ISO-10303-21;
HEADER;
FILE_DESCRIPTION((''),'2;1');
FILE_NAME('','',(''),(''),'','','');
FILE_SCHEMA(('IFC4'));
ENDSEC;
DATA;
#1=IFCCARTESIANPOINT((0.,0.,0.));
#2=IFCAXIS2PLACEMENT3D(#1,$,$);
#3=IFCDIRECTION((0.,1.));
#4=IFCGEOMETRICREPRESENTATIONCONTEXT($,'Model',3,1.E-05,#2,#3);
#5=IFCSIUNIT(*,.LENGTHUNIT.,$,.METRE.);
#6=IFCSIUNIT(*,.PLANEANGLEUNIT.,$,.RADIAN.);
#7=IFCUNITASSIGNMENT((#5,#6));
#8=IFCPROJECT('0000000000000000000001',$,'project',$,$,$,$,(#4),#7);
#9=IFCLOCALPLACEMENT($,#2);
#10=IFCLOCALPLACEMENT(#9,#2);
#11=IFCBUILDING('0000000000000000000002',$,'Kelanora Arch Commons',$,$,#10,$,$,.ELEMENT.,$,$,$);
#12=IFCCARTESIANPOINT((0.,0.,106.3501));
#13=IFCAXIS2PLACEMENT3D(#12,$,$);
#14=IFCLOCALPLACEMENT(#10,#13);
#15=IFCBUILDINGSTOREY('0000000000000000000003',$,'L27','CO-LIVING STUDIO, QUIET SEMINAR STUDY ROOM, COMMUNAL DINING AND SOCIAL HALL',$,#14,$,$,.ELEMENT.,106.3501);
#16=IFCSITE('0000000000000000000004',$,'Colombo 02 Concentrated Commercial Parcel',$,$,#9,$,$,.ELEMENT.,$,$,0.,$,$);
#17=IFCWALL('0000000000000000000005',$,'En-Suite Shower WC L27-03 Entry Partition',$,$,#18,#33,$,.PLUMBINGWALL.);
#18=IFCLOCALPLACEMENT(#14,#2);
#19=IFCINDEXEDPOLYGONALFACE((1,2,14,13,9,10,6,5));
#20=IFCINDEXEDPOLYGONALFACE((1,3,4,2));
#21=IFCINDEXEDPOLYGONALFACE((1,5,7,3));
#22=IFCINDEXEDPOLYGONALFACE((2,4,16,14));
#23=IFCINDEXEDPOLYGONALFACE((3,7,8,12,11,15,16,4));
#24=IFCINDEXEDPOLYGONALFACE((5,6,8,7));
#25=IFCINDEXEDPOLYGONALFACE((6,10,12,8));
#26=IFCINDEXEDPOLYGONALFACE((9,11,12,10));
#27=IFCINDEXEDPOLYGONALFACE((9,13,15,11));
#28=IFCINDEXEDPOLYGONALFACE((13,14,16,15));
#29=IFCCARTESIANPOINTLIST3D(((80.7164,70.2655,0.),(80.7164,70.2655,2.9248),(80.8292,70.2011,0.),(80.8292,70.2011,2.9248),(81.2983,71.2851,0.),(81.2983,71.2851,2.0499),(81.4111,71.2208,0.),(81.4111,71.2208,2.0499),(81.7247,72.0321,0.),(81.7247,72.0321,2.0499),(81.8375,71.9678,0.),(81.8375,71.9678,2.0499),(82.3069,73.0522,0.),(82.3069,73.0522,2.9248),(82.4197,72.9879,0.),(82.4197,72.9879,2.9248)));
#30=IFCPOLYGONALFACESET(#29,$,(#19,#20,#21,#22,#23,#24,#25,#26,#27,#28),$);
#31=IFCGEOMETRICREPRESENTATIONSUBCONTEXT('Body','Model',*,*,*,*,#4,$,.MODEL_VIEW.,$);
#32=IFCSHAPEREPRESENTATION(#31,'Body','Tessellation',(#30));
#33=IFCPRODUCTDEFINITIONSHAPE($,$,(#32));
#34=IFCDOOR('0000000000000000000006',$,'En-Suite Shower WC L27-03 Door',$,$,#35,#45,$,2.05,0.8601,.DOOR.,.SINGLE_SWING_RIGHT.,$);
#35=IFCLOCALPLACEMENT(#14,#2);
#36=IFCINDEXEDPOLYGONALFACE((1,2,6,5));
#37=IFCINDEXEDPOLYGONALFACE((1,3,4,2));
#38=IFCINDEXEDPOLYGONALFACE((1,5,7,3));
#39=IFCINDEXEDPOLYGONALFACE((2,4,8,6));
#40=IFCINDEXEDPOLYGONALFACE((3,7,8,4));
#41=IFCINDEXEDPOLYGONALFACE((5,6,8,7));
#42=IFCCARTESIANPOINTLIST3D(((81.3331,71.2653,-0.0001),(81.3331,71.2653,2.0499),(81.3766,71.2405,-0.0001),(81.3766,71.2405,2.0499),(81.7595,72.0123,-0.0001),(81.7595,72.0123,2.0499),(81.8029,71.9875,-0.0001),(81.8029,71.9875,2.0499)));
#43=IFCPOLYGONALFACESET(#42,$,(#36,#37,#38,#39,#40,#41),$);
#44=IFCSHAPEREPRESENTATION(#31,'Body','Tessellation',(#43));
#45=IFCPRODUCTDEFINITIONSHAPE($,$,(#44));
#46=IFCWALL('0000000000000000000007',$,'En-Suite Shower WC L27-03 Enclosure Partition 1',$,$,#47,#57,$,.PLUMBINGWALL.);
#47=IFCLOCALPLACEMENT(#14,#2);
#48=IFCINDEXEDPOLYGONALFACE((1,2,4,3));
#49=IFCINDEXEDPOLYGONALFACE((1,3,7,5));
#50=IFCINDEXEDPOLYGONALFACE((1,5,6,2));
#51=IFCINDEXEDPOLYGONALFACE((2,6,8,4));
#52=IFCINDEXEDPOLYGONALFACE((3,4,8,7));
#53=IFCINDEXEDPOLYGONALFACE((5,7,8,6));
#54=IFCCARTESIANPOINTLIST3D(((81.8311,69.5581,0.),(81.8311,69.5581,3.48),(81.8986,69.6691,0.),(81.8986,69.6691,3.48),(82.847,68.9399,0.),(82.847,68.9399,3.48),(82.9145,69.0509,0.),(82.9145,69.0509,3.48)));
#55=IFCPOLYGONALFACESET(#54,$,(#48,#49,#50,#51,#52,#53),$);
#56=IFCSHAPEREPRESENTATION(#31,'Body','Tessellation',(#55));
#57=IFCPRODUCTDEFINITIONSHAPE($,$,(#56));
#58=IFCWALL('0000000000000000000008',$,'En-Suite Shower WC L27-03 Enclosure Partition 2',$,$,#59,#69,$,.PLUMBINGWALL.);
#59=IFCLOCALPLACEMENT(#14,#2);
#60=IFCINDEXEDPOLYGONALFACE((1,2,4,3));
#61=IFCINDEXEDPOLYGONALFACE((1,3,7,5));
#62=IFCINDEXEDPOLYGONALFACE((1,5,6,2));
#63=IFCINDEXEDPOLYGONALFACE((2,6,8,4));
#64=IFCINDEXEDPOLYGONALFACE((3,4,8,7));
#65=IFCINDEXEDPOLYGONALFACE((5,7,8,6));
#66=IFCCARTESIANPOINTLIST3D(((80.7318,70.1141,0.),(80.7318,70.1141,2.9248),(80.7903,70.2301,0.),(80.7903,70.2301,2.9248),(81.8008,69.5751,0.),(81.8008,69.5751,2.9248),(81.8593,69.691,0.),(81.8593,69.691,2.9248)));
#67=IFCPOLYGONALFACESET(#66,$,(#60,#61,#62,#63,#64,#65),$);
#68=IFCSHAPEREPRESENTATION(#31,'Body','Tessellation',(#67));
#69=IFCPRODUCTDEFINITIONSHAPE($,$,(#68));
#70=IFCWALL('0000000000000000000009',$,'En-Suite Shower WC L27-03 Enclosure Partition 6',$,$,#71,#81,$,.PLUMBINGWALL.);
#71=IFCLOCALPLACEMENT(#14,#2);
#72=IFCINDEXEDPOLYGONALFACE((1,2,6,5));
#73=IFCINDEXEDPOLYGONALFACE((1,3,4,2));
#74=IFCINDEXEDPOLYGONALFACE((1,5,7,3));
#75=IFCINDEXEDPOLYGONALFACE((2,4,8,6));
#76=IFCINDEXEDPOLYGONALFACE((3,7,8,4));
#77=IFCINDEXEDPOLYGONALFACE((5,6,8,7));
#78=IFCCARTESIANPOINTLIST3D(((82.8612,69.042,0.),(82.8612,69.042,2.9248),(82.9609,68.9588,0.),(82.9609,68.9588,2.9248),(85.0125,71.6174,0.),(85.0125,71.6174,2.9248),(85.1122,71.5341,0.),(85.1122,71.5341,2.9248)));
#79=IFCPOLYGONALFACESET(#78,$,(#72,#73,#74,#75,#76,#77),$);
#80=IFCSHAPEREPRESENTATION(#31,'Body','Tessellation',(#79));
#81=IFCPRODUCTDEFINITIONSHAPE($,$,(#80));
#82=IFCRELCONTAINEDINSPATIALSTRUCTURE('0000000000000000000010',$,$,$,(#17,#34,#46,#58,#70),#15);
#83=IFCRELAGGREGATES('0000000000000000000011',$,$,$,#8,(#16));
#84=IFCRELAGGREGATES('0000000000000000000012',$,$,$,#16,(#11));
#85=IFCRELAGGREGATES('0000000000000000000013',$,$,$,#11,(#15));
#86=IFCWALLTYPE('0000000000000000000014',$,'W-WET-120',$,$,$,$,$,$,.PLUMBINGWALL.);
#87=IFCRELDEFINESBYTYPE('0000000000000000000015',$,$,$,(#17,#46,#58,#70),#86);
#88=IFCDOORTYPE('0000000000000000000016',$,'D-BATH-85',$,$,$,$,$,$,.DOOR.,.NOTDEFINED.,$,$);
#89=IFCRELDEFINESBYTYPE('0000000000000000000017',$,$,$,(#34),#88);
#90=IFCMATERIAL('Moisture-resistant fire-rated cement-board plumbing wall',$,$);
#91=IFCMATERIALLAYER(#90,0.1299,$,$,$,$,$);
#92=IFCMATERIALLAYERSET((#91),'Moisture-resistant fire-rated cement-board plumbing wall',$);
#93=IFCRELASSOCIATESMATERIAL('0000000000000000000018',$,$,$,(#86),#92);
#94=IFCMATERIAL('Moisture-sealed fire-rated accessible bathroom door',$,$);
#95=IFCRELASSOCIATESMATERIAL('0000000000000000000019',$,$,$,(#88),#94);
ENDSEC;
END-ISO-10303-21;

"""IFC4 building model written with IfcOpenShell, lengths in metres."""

from ifc_helpers import new_model, si_unit, direction, frame, frame_2d, origin, place, context, subcontext, project, spatial, rectangle, extrude, material, layer, layer_set, type_object, element, fill, save


model = new_model("IFC4")

# Units and contexts
model_context = context("Model", 3, precision=1e-05, world=origin(), true_north=direction((0.0, 1.0)))
body_context = subcontext(model_context, "Body", "Model", "MODEL_VIEW")
ifc_project = project(units=[si_unit("LENGTHUNIT", "METRE"), si_unit("PLANEANGLEUNIT", "RADIAN")], contexts=[model_context])

# Site, building, storey
site_placement = place(None, origin())
site = spatial("IfcSite", under=ifc_project, at=site_placement, Name="Colombo 02 Concentrated Commercial Parcel", CompositionType="ELEMENT", RefElevation=0.0)
building_placement = place(site_placement, origin())
building = spatial("IfcBuilding", under=site, at=building_placement, Name="Kelanora Arch Commons", CompositionType="ELEMENT")
storey_placement = place(building_placement, frame((0.0, 0.0, 106.3501)))
storey = spatial("IfcBuildingStorey", under=building, at=storey_placement, Name="L27", Description="CO-LIVING STUDIO, QUIET SEMINAR STUDY ROOM, COMMUNAL DINING AND SOCIAL HALL", CompositionType="ELEMENT", Elevation=106.3501)

# Wall, opening, door
ifc_material_1 = material(Name="Moisture-resistant fire-rated cement-board plumbing wall")
ifc_layer_1 = layer(ifc_material_1, 0.1299)
ifc_layer_set_1 = layer_set([ifc_layer_1], Name="Moisture-resistant fire-rated cement-board plumbing wall")
wall_type_1 = type_object("IfcWallType", Name="W-WET-120", PredefinedType="PLUMBINGWALL", material=ifc_layer_set_1)
wall_1_placement = place(storey_placement, frame((80.7727, 70.2332, 0.0), z_axis=(0.0, 0.0, 1.0), x_axis=(0.495688, 0.868501, 0.0)))
wall_1 = element("IfcWall", 1, at=wall_1_placement, inside=storey, type_object=wall_type_1, Name="En-Suite Shower WC L27-03 Entry Partition", PredefinedType="PLUMBINGWALL", context=body_context, shape_type="SweptSolid", body=[
    extrude(rectangle(XDim=3.2087, YDim=0.1299, at=frame_2d((1.6045, 0.0))), origin(), (0.0, 0.0, 1.0), 2.9248),
])
opening_1_placement = place(wall_1_placement, frame((1.1741, 0.0, 0.0)))
opening_1 = element("IfcOpeningElement", 2, at=opening_1_placement, cuts=wall_1, PredefinedType="OPENING", context=body_context, shape_type="SweptSolid", body=[
    extrude(rectangle(XDim=0.8601, YDim=2.05, at=frame_2d((0.4302, 1.0249))), frame((0.0, 0.075, 0.0), z_axis=(0.0, -1.0, 0.0), x_axis=(1.0, 0.0, 0.0)), (0.0, 0.0, 1.0), 0.1499),
])
ifc_material_2 = material(Name="Moisture-sealed fire-rated accessible bathroom door")
door_type_1 = type_object("IfcDoorType", Name="D-BATH-85", OperationType="NOTDEFINED", PredefinedType="DOOR", material=ifc_material_2)
door_1_placement = place(opening_1_placement, origin())
door_1 = element("IfcDoor", 3, at=door_1_placement, inside=storey, type_object=door_type_1, Name="En-Suite Shower WC L27-03 Door", OperationType="SINGLE_SWING_RIGHT", OverallHeight=2.05, OverallWidth=0.8601, PredefinedType="DOOR", context=body_context, shape_type="SweptSolid", body=[
    extrude(rectangle(XDim=0.8601, YDim=2.05, at=frame_2d((0.4302, 1.0249))), frame((0.0, 0.0249, 0.0), z_axis=(0.0, -1.0, 0.0), x_axis=(1.0, 0.0, 0.0)), (0.0, 0.0, 1.0), 0.05),
])
fill(opening_1, door_1)

# Walls
wall_2_placement = place(storey_placement, frame((82.8809, 68.9954, 0.0), z_axis=(0.0, 0.0, 1.0), x_axis=(-0.85427, 0.51983, 0.0)))
element("IfcWall", 4, at=wall_2_placement, inside=storey, type_object=wall_type_1, Name="En-Suite Shower WC L27-03 Enclosure Partition 1", PredefinedType="PLUMBINGWALL", context=body_context, shape_type="SweptSolid", body=[
    extrude(rectangle(XDim=1.1892, YDim=0.1299, at=frame_2d((0.5947, 0.0))), origin(), (0.0, 0.0, 1.0), 3.48),
])
wall_3_placement = place(storey_placement, frame((81.8301, 69.6331, 0.0), z_axis=(0.0, 0.0, 1.0), x_axis=(-0.892913, 0.450229, 0.0)))
element("IfcWall", 5, at=wall_3_placement, inside=storey, type_object=wall_type_1, Name="En-Suite Shower WC L27-03 Enclosure Partition 2", PredefinedType="PLUMBINGWALL", context=body_context, shape_type="SweptSolid", body=[
    extrude(rectangle(XDim=1.1973, YDim=0.1299, at=frame_2d((0.5986, 0.0))), origin(), (0.0, 0.0, 1.0), 2.9248),
])
wall_4_placement = place(storey_placement, frame((85.0623, 71.5757, 0.0), z_axis=(0.0, 0.0, 1.0), x_axis=(-0.641093, -0.767463, 0.0)))
element("IfcWall", 6, at=wall_4_placement, inside=storey, type_object=wall_type_1, Name="En-Suite Shower WC L27-03 Enclosure Partition 6", PredefinedType="PLUMBINGWALL", context=body_context, shape_type="SweptSolid", body=[
    extrude(rectangle(XDim=3.3557, YDim=0.1299, at=frame_2d((1.6777, 0.0))), origin(), (0.0, 0.0, 1.0), 2.9248),
])

save(model, "model.ifc")
